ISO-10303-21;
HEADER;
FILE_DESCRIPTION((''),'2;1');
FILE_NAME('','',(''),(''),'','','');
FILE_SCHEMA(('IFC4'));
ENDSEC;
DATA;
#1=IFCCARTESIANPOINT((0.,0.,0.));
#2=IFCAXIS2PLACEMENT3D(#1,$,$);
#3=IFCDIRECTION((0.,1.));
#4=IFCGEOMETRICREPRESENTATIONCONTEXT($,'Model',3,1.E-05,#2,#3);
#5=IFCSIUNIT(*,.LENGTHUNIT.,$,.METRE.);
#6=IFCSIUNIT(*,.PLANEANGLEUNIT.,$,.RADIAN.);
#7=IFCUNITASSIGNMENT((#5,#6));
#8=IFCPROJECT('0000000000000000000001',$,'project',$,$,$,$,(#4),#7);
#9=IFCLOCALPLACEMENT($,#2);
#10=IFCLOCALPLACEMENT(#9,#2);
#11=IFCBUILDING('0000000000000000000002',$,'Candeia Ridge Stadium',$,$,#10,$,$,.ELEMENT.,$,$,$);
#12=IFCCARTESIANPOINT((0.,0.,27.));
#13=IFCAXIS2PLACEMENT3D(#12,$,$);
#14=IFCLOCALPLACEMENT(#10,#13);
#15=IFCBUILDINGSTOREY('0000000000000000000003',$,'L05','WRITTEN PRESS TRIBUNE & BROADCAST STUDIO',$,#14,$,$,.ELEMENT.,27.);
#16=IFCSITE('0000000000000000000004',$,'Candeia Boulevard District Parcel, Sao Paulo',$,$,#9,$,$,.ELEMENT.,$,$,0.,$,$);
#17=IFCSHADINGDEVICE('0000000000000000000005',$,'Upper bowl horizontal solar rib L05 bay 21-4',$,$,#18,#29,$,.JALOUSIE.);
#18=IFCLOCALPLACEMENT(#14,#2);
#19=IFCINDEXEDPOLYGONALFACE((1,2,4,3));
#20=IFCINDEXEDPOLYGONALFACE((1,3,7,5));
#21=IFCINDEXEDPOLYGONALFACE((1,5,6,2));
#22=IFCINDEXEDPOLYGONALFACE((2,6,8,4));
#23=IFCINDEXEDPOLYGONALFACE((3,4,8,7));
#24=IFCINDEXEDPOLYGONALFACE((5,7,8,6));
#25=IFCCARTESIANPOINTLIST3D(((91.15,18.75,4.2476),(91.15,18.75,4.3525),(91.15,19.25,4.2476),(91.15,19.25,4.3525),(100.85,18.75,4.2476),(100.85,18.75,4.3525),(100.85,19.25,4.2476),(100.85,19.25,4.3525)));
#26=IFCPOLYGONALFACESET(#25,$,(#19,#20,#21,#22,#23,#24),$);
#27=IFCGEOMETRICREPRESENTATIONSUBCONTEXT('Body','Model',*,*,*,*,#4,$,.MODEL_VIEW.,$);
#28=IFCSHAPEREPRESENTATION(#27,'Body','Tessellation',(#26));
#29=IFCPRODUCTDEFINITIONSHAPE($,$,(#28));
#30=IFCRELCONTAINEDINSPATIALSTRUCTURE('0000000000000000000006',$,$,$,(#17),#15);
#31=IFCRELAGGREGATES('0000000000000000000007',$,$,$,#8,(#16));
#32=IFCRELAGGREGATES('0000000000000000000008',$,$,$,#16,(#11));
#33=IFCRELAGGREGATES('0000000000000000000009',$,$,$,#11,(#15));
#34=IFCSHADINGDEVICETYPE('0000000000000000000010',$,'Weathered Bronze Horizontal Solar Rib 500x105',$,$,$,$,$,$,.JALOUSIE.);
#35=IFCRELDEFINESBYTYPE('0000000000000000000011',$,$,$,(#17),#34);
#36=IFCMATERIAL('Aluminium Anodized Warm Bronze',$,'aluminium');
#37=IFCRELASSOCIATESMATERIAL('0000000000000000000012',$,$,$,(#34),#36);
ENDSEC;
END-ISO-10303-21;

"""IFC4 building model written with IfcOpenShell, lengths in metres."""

from ifc_helpers import new_model, si_unit, direction, frame, origin, origin_2d, place, context, subcontext, project, spatial, rectangle, extrude, material, type_object, element, save


model = new_model("IFC4")

# Units and contexts
model_context = context("Model", 3, precision=1e-05, world=origin(), true_north=direction((0.0, 1.0)))
body_context = subcontext(model_context, "Body", "Model", "MODEL_VIEW")
ifc_project = project(units=[si_unit("LENGTHUNIT", "METRE"), si_unit("PLANEANGLEUNIT", "RADIAN")], contexts=[model_context])

# Site, building, storey
site_placement = place(None, origin())
site = spatial("IfcSite", under=ifc_project, at=site_placement, Name="Candeia Boulevard District Parcel, Sao Paulo", CompositionType="ELEMENT", RefElevation=0.0)
building_placement = place(site_placement, origin())
building = spatial("IfcBuilding", under=site, at=building_placement, Name="Candeia Ridge Stadium", CompositionType="ELEMENT")
storey_placement = place(building_placement, frame((0.0, 0.0, 27.0)))
storey = spatial("IfcBuildingStorey", under=building, at=storey_placement, Name="L05", Description="WRITTEN PRESS TRIBUNE & BROADCAST STUDIO", CompositionType="ELEMENT", Elevation=27.0)

# Shading device
ifc_material_1 = material(Name="Aluminium Anodized Warm Bronze", Category="aluminium")
shading_device_type_1 = type_object("IfcShadingDeviceType", Name="Weathered Bronze Horizontal Solar Rib 500x105", PredefinedType="JALOUSIE", material=ifc_material_1)
for number, where, z_axis, x_axis, name in (
    (1, (96.0, 19.0, 4.2476), (0.0, 0.0, 1.0), (1.0, 0.0, 0.0), "Upper bowl horizontal solar rib L05 bay 21-4"),
):
    element("IfcShadingDevice", number, at=place(storey_placement, frame(where, z_axis=z_axis, x_axis=x_axis)), inside=storey, type_object=shading_device_type_1, Name=name, PredefinedType="JALOUSIE", context=body_context, shape_type="SweptSolid", body=[
        extrude(rectangle(XDim=9.7, YDim=0.5, at=origin_2d()), origin(), (0.0, 0.0, 1.0), 0.105),
    ])

save(model, "model.ifc")
